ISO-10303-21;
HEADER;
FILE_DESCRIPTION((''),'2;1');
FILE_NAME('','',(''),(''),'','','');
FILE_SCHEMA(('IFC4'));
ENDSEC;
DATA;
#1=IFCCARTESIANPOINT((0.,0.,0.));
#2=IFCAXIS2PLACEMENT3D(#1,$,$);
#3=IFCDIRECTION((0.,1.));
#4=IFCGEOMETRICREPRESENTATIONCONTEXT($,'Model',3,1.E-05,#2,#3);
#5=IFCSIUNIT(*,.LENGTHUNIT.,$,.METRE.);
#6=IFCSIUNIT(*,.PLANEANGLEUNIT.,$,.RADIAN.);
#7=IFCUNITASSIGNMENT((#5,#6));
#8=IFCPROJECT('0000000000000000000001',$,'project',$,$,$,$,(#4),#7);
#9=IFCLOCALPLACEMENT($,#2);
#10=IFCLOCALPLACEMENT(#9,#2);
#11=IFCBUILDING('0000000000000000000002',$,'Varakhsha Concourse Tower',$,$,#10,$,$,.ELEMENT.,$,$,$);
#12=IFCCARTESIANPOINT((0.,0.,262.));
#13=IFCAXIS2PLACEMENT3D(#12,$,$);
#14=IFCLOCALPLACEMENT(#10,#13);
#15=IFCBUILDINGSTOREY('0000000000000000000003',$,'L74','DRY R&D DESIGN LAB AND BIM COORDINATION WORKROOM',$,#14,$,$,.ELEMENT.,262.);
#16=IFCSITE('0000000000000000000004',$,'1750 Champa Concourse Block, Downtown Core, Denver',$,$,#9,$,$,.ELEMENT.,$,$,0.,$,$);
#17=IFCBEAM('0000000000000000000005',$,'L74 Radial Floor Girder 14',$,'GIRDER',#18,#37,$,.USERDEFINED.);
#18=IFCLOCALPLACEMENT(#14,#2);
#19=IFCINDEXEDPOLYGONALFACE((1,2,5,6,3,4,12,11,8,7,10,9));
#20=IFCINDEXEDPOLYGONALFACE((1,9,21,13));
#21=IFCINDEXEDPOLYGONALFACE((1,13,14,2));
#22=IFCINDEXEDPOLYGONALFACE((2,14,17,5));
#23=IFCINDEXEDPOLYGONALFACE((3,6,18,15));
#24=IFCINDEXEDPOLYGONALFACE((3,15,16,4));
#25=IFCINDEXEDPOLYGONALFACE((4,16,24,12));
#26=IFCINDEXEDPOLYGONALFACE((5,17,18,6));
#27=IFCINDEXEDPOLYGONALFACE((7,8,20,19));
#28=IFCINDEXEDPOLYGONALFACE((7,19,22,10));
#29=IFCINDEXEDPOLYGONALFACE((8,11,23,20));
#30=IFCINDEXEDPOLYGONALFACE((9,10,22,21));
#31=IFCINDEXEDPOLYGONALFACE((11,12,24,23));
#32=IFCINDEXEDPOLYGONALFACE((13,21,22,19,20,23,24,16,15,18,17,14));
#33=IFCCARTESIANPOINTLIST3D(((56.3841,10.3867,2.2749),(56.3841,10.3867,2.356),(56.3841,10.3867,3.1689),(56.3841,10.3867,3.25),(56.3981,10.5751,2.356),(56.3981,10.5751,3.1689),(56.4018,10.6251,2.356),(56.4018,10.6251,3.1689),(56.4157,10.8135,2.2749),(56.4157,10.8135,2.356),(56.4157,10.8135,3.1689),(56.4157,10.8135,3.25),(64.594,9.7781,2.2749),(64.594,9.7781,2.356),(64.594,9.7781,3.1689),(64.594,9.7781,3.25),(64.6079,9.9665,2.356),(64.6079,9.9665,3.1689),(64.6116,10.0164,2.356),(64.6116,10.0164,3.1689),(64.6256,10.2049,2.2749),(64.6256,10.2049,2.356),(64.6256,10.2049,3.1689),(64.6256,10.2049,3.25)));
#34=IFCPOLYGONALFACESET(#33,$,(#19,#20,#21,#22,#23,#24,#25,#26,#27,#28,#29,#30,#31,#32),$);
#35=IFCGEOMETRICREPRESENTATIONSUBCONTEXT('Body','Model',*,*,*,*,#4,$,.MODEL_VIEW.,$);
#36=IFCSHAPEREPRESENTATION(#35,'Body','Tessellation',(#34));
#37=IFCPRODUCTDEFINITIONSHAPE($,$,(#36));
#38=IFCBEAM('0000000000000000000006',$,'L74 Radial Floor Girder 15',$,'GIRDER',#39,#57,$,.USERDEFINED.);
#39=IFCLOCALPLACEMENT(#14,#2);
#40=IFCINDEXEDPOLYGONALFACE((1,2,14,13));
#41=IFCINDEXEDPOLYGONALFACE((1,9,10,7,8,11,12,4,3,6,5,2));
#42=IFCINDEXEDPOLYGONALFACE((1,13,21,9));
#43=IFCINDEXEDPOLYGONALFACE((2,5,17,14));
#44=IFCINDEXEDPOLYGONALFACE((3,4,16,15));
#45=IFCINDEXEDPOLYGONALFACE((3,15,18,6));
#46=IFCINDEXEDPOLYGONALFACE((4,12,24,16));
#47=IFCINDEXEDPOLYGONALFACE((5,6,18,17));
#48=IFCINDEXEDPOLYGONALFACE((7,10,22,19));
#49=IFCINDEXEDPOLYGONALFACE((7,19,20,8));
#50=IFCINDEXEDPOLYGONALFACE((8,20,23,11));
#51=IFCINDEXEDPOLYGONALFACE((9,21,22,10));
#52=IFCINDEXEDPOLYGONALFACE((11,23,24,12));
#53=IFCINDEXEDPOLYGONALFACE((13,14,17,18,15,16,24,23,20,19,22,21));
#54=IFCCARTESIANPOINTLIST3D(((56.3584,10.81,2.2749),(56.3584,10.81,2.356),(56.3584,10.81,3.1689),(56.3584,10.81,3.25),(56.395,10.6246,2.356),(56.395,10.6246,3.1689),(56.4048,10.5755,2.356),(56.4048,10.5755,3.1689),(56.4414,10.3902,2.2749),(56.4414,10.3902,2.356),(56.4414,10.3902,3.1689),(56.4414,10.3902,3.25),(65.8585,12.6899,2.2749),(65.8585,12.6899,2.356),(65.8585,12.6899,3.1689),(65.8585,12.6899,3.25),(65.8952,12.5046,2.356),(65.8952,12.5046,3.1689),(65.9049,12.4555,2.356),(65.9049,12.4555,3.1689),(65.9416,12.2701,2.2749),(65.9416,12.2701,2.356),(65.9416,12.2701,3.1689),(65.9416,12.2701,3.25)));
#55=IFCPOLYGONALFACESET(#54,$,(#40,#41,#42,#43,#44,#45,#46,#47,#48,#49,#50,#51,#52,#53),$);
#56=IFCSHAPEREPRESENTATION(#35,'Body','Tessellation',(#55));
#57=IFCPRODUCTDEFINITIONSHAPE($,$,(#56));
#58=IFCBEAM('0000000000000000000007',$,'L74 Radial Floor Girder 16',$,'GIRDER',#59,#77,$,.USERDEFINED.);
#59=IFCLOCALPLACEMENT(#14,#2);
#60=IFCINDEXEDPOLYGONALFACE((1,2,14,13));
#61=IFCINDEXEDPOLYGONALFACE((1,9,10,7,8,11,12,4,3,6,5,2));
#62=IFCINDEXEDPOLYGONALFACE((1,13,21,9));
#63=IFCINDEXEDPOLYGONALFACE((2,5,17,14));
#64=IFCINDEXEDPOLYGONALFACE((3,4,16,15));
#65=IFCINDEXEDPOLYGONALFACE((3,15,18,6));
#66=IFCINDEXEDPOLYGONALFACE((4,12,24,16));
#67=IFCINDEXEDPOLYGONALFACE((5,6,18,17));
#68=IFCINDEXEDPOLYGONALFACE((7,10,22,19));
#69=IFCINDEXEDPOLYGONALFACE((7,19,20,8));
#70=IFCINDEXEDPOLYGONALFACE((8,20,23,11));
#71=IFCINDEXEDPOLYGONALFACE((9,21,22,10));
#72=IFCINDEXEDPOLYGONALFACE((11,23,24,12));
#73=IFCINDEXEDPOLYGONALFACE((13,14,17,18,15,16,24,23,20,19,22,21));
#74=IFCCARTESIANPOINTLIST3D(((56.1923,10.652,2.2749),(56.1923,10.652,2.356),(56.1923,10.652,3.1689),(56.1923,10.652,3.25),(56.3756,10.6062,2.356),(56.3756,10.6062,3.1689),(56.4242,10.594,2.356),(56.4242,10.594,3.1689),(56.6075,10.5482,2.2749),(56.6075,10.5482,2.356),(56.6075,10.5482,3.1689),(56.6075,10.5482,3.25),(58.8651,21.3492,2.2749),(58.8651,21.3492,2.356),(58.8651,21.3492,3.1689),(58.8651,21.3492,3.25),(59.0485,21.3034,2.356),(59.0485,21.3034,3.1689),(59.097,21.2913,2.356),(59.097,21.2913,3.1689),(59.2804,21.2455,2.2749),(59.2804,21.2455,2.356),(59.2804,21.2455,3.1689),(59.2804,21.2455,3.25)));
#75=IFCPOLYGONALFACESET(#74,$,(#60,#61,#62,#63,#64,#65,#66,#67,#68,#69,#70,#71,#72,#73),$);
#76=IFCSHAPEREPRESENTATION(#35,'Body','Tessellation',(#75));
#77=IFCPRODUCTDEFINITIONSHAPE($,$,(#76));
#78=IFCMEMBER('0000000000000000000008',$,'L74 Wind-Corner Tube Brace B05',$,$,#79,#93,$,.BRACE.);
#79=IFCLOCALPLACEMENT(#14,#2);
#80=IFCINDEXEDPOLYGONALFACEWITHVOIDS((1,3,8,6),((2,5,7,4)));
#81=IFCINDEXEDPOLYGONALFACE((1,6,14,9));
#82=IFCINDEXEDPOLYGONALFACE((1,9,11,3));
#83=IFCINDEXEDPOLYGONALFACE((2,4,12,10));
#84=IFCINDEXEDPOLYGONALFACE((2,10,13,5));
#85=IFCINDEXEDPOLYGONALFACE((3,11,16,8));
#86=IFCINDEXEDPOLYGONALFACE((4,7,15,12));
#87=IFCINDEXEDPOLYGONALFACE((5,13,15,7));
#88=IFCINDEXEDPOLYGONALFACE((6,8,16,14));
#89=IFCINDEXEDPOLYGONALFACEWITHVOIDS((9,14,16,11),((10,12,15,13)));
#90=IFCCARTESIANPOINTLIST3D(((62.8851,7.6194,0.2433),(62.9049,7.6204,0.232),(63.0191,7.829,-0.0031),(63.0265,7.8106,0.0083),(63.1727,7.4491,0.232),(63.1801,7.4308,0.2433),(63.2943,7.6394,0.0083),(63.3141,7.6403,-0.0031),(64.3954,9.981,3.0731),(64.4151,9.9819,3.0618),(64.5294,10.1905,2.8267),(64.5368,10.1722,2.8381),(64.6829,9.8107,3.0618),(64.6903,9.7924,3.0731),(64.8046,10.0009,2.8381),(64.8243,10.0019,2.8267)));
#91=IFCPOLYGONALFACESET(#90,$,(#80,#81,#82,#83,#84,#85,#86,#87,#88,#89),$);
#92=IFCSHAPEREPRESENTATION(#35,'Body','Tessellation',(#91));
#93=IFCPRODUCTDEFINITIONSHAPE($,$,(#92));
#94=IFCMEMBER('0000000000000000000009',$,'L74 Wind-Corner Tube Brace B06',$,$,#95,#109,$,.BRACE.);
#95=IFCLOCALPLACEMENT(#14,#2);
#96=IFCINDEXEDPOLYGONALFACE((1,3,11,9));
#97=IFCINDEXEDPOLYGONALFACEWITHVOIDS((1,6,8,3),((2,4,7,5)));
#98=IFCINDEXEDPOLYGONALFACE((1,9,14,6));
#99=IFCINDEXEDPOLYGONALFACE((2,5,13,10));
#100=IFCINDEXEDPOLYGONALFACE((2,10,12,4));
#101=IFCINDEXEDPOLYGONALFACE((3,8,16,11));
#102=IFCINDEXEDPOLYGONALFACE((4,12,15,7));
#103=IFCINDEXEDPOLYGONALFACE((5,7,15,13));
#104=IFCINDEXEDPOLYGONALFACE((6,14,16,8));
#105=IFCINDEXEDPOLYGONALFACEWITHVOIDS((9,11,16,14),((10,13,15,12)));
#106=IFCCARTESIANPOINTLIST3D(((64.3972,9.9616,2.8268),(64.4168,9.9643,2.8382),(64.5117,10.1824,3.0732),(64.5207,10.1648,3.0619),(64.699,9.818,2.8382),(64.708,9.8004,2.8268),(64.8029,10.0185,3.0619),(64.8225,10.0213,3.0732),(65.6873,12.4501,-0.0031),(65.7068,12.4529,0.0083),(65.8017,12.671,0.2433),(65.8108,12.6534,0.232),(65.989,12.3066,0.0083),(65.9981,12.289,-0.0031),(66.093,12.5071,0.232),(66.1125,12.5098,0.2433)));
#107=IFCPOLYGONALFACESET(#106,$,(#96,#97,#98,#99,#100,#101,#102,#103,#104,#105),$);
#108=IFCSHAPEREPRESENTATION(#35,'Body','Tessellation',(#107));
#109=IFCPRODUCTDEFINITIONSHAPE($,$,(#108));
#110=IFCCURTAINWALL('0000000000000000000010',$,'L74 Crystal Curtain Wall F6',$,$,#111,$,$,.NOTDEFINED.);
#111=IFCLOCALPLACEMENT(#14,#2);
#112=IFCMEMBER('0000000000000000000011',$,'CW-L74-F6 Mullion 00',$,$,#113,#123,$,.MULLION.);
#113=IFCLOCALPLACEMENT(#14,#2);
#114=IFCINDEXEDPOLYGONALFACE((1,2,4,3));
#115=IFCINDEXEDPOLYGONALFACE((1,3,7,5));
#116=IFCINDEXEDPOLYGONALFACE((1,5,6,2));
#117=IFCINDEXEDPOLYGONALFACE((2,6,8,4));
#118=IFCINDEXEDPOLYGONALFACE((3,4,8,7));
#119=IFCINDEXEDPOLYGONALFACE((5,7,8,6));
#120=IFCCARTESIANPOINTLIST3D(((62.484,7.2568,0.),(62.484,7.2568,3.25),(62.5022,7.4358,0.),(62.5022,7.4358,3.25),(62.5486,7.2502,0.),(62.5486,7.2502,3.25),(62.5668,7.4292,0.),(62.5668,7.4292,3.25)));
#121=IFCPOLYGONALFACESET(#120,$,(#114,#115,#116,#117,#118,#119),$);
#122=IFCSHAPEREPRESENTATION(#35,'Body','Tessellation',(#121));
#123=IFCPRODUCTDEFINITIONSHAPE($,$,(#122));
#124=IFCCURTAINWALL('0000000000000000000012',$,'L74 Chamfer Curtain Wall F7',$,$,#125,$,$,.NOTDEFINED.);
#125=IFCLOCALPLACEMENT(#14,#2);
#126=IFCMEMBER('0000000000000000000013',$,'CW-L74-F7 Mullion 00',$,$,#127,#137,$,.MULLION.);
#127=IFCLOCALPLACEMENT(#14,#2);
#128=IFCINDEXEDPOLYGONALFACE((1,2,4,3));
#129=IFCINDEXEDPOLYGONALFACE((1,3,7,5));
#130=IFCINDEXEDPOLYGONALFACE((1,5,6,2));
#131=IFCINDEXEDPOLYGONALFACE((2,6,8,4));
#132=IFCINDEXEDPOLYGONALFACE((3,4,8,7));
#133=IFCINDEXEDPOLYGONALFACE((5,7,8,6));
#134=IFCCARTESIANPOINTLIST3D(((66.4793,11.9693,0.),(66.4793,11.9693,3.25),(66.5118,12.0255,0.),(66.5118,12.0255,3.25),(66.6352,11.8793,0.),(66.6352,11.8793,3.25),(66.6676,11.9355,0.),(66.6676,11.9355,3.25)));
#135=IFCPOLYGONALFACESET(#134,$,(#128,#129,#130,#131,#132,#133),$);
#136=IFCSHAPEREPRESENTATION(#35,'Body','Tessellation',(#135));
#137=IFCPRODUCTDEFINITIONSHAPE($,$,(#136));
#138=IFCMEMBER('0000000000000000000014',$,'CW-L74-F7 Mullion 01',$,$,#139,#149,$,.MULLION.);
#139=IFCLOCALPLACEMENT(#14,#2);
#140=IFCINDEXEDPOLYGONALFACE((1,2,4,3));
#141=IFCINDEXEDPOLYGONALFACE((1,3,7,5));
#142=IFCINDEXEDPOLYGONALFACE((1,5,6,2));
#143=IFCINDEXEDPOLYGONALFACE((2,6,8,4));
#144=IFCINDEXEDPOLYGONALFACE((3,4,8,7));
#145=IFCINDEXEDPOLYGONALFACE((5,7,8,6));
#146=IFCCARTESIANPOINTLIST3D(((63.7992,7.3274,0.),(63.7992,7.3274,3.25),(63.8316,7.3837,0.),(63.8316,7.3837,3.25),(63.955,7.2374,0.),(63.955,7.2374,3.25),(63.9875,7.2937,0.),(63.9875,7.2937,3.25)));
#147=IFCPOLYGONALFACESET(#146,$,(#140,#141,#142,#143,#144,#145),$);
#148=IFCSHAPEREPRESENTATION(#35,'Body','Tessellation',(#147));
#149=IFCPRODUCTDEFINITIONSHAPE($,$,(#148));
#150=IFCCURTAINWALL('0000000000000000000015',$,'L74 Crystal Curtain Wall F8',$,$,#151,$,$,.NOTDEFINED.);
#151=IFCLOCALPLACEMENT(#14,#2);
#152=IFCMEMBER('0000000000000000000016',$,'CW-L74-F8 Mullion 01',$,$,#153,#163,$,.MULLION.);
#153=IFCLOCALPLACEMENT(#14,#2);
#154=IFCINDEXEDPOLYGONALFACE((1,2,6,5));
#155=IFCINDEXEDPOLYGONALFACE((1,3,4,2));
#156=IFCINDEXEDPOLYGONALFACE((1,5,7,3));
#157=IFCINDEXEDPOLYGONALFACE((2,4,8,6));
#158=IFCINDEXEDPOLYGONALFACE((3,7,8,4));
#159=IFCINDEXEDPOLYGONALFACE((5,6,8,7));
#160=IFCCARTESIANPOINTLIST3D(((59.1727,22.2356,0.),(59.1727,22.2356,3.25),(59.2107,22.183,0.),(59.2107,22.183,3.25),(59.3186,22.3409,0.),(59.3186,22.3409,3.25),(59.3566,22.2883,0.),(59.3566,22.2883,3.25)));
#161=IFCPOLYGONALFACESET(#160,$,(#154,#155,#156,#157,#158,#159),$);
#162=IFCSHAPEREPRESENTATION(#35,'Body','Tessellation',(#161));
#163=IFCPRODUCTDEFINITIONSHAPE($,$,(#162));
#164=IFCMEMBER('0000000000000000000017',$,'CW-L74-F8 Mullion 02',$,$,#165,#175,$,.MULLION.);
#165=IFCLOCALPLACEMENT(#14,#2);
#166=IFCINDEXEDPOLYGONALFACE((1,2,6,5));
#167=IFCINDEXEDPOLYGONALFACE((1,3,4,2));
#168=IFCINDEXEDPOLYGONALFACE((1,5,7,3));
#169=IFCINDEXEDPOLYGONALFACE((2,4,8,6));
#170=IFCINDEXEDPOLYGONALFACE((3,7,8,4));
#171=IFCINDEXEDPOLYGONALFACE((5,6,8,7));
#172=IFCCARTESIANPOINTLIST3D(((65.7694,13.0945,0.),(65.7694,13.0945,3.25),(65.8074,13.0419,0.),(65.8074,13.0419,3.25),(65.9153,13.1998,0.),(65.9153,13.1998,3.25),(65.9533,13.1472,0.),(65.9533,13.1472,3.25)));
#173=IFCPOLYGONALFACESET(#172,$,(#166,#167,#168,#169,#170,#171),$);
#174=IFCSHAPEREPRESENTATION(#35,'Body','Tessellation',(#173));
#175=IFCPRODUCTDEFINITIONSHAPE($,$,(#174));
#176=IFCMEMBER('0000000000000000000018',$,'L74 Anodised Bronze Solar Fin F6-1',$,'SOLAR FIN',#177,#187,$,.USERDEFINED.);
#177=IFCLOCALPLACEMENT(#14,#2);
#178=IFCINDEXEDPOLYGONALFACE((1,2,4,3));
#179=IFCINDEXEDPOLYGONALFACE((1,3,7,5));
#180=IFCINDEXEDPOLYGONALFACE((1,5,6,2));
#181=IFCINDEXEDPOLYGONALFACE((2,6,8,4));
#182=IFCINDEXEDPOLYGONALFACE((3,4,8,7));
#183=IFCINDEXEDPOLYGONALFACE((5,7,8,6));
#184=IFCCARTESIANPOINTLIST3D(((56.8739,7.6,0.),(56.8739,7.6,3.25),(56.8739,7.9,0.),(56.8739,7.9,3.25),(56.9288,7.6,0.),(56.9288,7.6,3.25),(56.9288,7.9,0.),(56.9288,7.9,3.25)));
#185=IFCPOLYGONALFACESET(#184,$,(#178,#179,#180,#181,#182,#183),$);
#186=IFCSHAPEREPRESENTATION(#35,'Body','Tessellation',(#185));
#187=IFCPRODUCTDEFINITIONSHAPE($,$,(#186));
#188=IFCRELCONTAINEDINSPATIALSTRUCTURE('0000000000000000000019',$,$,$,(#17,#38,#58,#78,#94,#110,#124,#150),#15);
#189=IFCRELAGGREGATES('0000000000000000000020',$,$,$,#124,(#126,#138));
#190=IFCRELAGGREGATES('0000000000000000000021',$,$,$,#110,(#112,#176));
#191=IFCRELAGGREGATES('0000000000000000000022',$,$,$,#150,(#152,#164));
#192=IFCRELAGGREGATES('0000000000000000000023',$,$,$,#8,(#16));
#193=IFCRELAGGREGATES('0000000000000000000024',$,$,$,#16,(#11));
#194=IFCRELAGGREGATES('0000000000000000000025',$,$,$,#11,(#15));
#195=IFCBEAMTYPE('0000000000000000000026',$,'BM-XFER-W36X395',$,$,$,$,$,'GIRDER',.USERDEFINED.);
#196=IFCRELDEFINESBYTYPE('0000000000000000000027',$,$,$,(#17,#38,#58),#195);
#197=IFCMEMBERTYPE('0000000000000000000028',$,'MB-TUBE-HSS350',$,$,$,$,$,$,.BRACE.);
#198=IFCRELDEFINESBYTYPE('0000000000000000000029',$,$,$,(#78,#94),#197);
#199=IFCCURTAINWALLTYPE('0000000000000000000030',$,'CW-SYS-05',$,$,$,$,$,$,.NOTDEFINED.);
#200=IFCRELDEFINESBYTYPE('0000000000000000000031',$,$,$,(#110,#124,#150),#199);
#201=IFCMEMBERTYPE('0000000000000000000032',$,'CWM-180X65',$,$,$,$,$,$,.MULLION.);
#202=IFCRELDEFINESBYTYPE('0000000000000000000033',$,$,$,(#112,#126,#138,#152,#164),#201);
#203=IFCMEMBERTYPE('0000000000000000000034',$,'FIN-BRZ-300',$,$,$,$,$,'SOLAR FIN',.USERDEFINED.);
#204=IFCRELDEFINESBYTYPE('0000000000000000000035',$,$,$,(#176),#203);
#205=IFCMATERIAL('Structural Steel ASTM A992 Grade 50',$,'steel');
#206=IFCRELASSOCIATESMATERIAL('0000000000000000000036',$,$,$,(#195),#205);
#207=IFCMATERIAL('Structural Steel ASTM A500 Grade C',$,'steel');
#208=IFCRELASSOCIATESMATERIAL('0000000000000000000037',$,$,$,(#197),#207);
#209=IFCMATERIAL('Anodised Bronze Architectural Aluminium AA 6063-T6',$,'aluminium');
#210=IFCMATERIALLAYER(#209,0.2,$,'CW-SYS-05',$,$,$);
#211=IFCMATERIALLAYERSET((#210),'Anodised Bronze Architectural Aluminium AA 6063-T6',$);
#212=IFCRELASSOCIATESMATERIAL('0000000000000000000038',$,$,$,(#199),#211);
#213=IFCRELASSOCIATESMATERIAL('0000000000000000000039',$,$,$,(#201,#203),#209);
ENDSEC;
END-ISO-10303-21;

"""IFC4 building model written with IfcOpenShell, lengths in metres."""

from ifc_helpers import new_model, si_unit, direction, frame, origin, origin_2d, place, context, subcontext, project, spatial, rectangle, hollow_rectangle, i_section, extrude, source, transform, mapped, material, layer, layer_set, material_profile, profile_set, type_object, type_shapes, element, aggregate, save


model = new_model("IFC4")

# Units and contexts
model_context = context("Model", 3, precision=1e-05, world=origin(), true_north=direction((0.0, 1.0)))
body_context = subcontext(model_context, "Body", "Model", "MODEL_VIEW")
ifc_project = project(units=[si_unit("LENGTHUNIT", "METRE"), si_unit("PLANEANGLEUNIT", "RADIAN")], contexts=[model_context])

# Site, building, storey
site_placement = place(None, origin())
site = spatial("IfcSite", under=ifc_project, at=site_placement, Name="1750 Champa Concourse Block, Downtown Core, Denver", CompositionType="ELEMENT", RefElevation=0.0)
building_placement = place(site_placement, origin())
building = spatial("IfcBuilding", under=site, at=building_placement, Name="Varakhsha Concourse Tower", CompositionType="ELEMENT")
storey_placement = place(building_placement, frame((0.0, 0.0, 262.0)))
storey = spatial("IfcBuildingStorey", under=building, at=storey_placement, Name="L74", Description="DRY R&D DESIGN LAB AND BIM COORDINATION WORKROOM", CompositionType="ELEMENT", Elevation=262.0)

# Beams
ifc_material_1 = material(Name="Structural Steel ASTM A992 Grade 50", Category="steel")
ifc_material_profile_1 = material_profile(ifc_material_1, i_section(OverallWidth=0.428, OverallDepth=0.9751, WebThickness=0.05, FlangeThickness=0.0811, at=origin_2d()), Name="W36X395")
ifc_profile_set_1 = profile_set([ifc_material_profile_1], Name="Structural Steel ASTM A992 Grade 50")
beam_type_1 = type_object("IfcBeamType", Name="BM-XFER-W36X395", ElementType="GIRDER", PredefinedType="USERDEFINED", material=ifc_profile_set_1)
beam_1_placement = place(storey_placement, frame((56.3999, 10.6001, 2.7625), z_axis=(0.997263, -0.073932, 0.0), x_axis=(0.073932, 0.997263, 0.0)))
element("IfcBeam", 1, at=beam_1_placement, inside=storey, type_object=beam_type_1, Name="L74 Radial Floor Girder 14", ObjectType="GIRDER", PredefinedType="USERDEFINED", context=body_context, shape_type="SweptSolid", body=[
    extrude(i_section(OverallWidth=0.428, OverallDepth=0.9751, WebThickness=0.05, FlangeThickness=0.0811, at=origin_2d()), origin(), (0.0, 0.0, 1.0), 8.2324),
])
beam_2_placement = place(storey_placement, frame((56.3999, 10.6001, 2.7625), z_axis=(0.980978, 0.194118, 0.0), x_axis=(-0.194118, 0.980978, 0.0)))
element("IfcBeam", 2, at=beam_2_placement, inside=storey, type_object=beam_type_1, Name="L74 Radial Floor Girder 15", ObjectType="GIRDER", PredefinedType="USERDEFINED", context=body_context, shape_type="SweptSolid", body=[
    extrude(i_section(OverallWidth=0.428, OverallDepth=0.9751, WebThickness=0.05, FlangeThickness=0.0811, at=origin_2d()), origin(), (0.0, 0.0, 1.0), 9.6843),
])
beam_3_placement = place(storey_placement, frame((56.3999, 10.6001, 2.7625), z_axis=(0.242411, 0.970174, 0.0), x_axis=(-0.970174, 0.242411, 0.0)))
element("IfcBeam", 3, at=beam_3_placement, inside=storey, type_object=beam_type_1, Name="L74 Radial Floor Girder 16", ObjectType="GIRDER", PredefinedType="USERDEFINED", context=body_context, shape_type="SweptSolid", body=[
    extrude(i_section(OverallWidth=0.428, OverallDepth=0.9751, WebThickness=0.05, FlangeThickness=0.0811, at=origin_2d()), origin(), (0.0, 0.0, 1.0), 11.0261),
])

# Members
ifc_material_2 = material(Name="Structural Steel ASTM A500 Grade C", Category="steel")
ifc_material_profile_2 = material_profile(ifc_material_2, hollow_rectangle(XDim=0.3501, YDim=0.3501, WallThickness=0.0161, at=origin_2d()), Name="HSS 350x350x16")
ifc_profile_set_2 = profile_set([ifc_material_profile_2], Name="Structural Steel ASTM A500 Grade C")
member_type_1 = type_object("IfcMemberType", Name="MB-TUBE-HSS350", PredefinedType="BRACE", material=ifc_profile_set_2)
shared_shape_1 = source(origin(), body_context, "Body", "SweptSolid", [
    extrude(hollow_rectangle(XDim=0.3501, YDim=0.3501, WallThickness=0.0161, at=origin_2d()), origin(), (0.0, 0.0, 1.0), 3.9832),
])
type_shapes(member_type_1, [shared_shape_1])
for number, where, z_axis, x_axis, name in (
    (4, (63.0996, 7.6299, 0.1201), (0.379156, 0.592884, 0.710443), (-0.842458, 0.538762, 0.0), "L74 Wind-Corner Tube Brace B05"),
    (5, (65.8999, 12.48, 0.1201), (-0.32388, -0.624774, 0.710464), (0.887799, -0.460231, 0.0), "L74 Wind-Corner Tube Brace B06"),
):
    element("IfcMember", number, at=place(storey_placement, frame(where, z_axis=z_axis, x_axis=x_axis)), inside=storey, type_object=member_type_1, Name=name, PredefinedType="BRACE", context=body_context, shape_type="MappedRepresentation", body=[
        mapped(shared_shape_1, transform((0.0, 0.0, 0.0), scale=1.0)),
    ])

# Curtain wall, member
ifc_material_3 = material(Name="Anodised Bronze Architectural Aluminium AA 6063-T6", Category="aluminium")
ifc_layer_1 = layer(ifc_material_3, 0.2, Name="CW-SYS-05")
ifc_layer_set_1 = layer_set([ifc_layer_1], Name="Anodised Bronze Architectural Aluminium AA 6063-T6")
curtain_wall_type = type_object("IfcCurtainWallType", Name="CW-SYS-05", PredefinedType="NOTDEFINED", material=ifc_layer_set_1)
curtain_wall_1_placement = place(storey_placement, origin())
curtain_wall_1 = element("IfcCurtainWall", 6, at=curtain_wall_1_placement, inside=storey, type_object=curtain_wall_type, Name="L74 Crystal Curtain Wall F6", PredefinedType="NOTDEFINED")
ifc_material_profile_3 = material_profile(ifc_material_3, rectangle(XDim=0.0649, YDim=0.1799, at=origin_2d()), Name="CWM-180X65")
ifc_profile_set_3 = profile_set([ifc_material_profile_3], Name="Anodised Bronze Architectural Aluminium AA 6063-T6")
member_type_2 = type_object("IfcMemberType", Name="CWM-180X65", PredefinedType="MULLION", material=ifc_profile_set_3)
shared_shape_2 = source(origin(), body_context, "Body", "SweptSolid", [
    extrude(rectangle(XDim=0.0649, YDim=0.1799, at=origin_2d()), origin(), (0.0, 0.0, 1.0), 3.25),
])
type_shapes(member_type_2, [shared_shape_2])
member_1_placement = place(storey_placement, frame((62.5254, 7.343, 0.0), z_axis=(0.0, 0.0, 1.0), x_axis=(-0.994852, 0.101336, 0.0)))
member_1 = element("IfcMember", 7, at=member_1_placement, type_object=member_type_2, Name="CW-L74-F6 Mullion 00", PredefinedType="MULLION", context=body_context, shape_type="MappedRepresentation", body=[
    mapped(shared_shape_2, transform((0.0, 0.0, 0.0), scale=1.0)),
])

# Curtain walls, members
curtain_wall_2_placement = place(storey_placement, origin())
curtain_wall_2 = element("IfcCurtainWall", 8, at=curtain_wall_2_placement, inside=storey, type_object=curtain_wall_type, Name="L74 Chamfer Curtain Wall F7", PredefinedType="NOTDEFINED")
member_2_placement = place(storey_placement, frame((66.5735, 11.9524, 0.0), z_axis=(0.0, 0.0, 1.0), x_axis=(-0.5, -0.866025, 0.0)))
member_2 = element("IfcMember", 9, at=member_2_placement, type_object=member_type_2, Name="CW-L74-F7 Mullion 00", PredefinedType="MULLION", context=body_context, shape_type="MappedRepresentation", body=[
    mapped(shared_shape_2, transform((0.0, 0.0, 0.0), scale=1.0)),
])
member_3_placement = place(storey_placement, frame((63.8933, 7.3105, 0.0), z_axis=(0.0, 0.0, 1.0), x_axis=(-0.5, -0.866025, 0.0)))
member_3 = element("IfcMember", 10, at=member_3_placement, type_object=member_type_2, Name="CW-L74-F7 Mullion 01", PredefinedType="MULLION", context=body_context, shape_type="MappedRepresentation", body=[
    mapped(shared_shape_2, transform((0.0, 0.0, 0.0), scale=1.0)),
])
curtain_wall_3_placement = place(storey_placement, origin())
curtain_wall_3 = element("IfcCurtainWall", 11, at=curtain_wall_3_placement, inside=storey, type_object=curtain_wall_type, Name="L74 Crystal Curtain Wall F8", PredefinedType="NOTDEFINED")
member_4_placement = place(storey_placement, frame((59.2646, 22.262, 0.0), z_axis=(0.0, 0.0, 1.0), x_axis=(0.585188, -0.810897, 0.0)))
member_4 = element("IfcMember", 12, at=member_4_placement, type_object=member_type_2, Name="CW-L74-F8 Mullion 01", PredefinedType="MULLION", context=body_context, shape_type="MappedRepresentation", body=[
    mapped(shared_shape_2, transform((0.0, 0.0, 0.0), scale=1.0)),
])
member_5_placement = place(storey_placement, frame((65.8613, 13.1208, 0.0), z_axis=(0.0, 0.0, 1.0), x_axis=(0.585188, -0.810897, 0.0)))
member_5 = element("IfcMember", 13, at=member_5_placement, type_object=member_type_2, Name="CW-L74-F8 Mullion 02", PredefinedType="MULLION", context=body_context, shape_type="MappedRepresentation", body=[
    mapped(shared_shape_2, transform((0.0, 0.0, 0.0), scale=1.0)),
])

# Member
ifc_material_profile_4 = material_profile(ifc_material_3, rectangle(XDim=0.0549, YDim=0.3, at=origin_2d()), Name="FIN-BRZ-300")
ifc_profile_set_4 = profile_set([ifc_material_profile_4], Name="Anodised Bronze Architectural Aluminium AA 6063-T6")
member_type_3 = type_object("IfcMemberType", Name="FIN-BRZ-300", ElementType="SOLAR FIN", PredefinedType="USERDEFINED", material=ifc_profile_set_4)
shared_shape_3 = source(origin(), body_context, "Body", "SweptSolid", [
    extrude(rectangle(XDim=0.0549, YDim=0.3, at=origin_2d()), origin(), (0.0, 0.0, 1.0), 3.25),
])
type_shapes(member_type_3, [shared_shape_3])
member_6_placement = place(storey_placement, frame((56.9014, 7.75, 0.0), z_axis=(0.0, 0.0, 1.0), x_axis=(1.0, 0.0, 0.0)))
member_6 = element("IfcMember", 14, at=member_6_placement, type_object=member_type_3, Name="L74 Anodised Bronze Solar Fin F6-1", ObjectType="SOLAR FIN", PredefinedType="USERDEFINED", context=body_context, shape_type="MappedRepresentation", body=[
    mapped(shared_shape_3, transform((0.0, 0.0, 0.0), scale=1.0)),
])

aggregate(curtain_wall_2, [member_2, member_3])
aggregate(curtain_wall_1, [member_1, member_6])
aggregate(curtain_wall_3, [member_4, member_5])

save(model, "model.ifc")
